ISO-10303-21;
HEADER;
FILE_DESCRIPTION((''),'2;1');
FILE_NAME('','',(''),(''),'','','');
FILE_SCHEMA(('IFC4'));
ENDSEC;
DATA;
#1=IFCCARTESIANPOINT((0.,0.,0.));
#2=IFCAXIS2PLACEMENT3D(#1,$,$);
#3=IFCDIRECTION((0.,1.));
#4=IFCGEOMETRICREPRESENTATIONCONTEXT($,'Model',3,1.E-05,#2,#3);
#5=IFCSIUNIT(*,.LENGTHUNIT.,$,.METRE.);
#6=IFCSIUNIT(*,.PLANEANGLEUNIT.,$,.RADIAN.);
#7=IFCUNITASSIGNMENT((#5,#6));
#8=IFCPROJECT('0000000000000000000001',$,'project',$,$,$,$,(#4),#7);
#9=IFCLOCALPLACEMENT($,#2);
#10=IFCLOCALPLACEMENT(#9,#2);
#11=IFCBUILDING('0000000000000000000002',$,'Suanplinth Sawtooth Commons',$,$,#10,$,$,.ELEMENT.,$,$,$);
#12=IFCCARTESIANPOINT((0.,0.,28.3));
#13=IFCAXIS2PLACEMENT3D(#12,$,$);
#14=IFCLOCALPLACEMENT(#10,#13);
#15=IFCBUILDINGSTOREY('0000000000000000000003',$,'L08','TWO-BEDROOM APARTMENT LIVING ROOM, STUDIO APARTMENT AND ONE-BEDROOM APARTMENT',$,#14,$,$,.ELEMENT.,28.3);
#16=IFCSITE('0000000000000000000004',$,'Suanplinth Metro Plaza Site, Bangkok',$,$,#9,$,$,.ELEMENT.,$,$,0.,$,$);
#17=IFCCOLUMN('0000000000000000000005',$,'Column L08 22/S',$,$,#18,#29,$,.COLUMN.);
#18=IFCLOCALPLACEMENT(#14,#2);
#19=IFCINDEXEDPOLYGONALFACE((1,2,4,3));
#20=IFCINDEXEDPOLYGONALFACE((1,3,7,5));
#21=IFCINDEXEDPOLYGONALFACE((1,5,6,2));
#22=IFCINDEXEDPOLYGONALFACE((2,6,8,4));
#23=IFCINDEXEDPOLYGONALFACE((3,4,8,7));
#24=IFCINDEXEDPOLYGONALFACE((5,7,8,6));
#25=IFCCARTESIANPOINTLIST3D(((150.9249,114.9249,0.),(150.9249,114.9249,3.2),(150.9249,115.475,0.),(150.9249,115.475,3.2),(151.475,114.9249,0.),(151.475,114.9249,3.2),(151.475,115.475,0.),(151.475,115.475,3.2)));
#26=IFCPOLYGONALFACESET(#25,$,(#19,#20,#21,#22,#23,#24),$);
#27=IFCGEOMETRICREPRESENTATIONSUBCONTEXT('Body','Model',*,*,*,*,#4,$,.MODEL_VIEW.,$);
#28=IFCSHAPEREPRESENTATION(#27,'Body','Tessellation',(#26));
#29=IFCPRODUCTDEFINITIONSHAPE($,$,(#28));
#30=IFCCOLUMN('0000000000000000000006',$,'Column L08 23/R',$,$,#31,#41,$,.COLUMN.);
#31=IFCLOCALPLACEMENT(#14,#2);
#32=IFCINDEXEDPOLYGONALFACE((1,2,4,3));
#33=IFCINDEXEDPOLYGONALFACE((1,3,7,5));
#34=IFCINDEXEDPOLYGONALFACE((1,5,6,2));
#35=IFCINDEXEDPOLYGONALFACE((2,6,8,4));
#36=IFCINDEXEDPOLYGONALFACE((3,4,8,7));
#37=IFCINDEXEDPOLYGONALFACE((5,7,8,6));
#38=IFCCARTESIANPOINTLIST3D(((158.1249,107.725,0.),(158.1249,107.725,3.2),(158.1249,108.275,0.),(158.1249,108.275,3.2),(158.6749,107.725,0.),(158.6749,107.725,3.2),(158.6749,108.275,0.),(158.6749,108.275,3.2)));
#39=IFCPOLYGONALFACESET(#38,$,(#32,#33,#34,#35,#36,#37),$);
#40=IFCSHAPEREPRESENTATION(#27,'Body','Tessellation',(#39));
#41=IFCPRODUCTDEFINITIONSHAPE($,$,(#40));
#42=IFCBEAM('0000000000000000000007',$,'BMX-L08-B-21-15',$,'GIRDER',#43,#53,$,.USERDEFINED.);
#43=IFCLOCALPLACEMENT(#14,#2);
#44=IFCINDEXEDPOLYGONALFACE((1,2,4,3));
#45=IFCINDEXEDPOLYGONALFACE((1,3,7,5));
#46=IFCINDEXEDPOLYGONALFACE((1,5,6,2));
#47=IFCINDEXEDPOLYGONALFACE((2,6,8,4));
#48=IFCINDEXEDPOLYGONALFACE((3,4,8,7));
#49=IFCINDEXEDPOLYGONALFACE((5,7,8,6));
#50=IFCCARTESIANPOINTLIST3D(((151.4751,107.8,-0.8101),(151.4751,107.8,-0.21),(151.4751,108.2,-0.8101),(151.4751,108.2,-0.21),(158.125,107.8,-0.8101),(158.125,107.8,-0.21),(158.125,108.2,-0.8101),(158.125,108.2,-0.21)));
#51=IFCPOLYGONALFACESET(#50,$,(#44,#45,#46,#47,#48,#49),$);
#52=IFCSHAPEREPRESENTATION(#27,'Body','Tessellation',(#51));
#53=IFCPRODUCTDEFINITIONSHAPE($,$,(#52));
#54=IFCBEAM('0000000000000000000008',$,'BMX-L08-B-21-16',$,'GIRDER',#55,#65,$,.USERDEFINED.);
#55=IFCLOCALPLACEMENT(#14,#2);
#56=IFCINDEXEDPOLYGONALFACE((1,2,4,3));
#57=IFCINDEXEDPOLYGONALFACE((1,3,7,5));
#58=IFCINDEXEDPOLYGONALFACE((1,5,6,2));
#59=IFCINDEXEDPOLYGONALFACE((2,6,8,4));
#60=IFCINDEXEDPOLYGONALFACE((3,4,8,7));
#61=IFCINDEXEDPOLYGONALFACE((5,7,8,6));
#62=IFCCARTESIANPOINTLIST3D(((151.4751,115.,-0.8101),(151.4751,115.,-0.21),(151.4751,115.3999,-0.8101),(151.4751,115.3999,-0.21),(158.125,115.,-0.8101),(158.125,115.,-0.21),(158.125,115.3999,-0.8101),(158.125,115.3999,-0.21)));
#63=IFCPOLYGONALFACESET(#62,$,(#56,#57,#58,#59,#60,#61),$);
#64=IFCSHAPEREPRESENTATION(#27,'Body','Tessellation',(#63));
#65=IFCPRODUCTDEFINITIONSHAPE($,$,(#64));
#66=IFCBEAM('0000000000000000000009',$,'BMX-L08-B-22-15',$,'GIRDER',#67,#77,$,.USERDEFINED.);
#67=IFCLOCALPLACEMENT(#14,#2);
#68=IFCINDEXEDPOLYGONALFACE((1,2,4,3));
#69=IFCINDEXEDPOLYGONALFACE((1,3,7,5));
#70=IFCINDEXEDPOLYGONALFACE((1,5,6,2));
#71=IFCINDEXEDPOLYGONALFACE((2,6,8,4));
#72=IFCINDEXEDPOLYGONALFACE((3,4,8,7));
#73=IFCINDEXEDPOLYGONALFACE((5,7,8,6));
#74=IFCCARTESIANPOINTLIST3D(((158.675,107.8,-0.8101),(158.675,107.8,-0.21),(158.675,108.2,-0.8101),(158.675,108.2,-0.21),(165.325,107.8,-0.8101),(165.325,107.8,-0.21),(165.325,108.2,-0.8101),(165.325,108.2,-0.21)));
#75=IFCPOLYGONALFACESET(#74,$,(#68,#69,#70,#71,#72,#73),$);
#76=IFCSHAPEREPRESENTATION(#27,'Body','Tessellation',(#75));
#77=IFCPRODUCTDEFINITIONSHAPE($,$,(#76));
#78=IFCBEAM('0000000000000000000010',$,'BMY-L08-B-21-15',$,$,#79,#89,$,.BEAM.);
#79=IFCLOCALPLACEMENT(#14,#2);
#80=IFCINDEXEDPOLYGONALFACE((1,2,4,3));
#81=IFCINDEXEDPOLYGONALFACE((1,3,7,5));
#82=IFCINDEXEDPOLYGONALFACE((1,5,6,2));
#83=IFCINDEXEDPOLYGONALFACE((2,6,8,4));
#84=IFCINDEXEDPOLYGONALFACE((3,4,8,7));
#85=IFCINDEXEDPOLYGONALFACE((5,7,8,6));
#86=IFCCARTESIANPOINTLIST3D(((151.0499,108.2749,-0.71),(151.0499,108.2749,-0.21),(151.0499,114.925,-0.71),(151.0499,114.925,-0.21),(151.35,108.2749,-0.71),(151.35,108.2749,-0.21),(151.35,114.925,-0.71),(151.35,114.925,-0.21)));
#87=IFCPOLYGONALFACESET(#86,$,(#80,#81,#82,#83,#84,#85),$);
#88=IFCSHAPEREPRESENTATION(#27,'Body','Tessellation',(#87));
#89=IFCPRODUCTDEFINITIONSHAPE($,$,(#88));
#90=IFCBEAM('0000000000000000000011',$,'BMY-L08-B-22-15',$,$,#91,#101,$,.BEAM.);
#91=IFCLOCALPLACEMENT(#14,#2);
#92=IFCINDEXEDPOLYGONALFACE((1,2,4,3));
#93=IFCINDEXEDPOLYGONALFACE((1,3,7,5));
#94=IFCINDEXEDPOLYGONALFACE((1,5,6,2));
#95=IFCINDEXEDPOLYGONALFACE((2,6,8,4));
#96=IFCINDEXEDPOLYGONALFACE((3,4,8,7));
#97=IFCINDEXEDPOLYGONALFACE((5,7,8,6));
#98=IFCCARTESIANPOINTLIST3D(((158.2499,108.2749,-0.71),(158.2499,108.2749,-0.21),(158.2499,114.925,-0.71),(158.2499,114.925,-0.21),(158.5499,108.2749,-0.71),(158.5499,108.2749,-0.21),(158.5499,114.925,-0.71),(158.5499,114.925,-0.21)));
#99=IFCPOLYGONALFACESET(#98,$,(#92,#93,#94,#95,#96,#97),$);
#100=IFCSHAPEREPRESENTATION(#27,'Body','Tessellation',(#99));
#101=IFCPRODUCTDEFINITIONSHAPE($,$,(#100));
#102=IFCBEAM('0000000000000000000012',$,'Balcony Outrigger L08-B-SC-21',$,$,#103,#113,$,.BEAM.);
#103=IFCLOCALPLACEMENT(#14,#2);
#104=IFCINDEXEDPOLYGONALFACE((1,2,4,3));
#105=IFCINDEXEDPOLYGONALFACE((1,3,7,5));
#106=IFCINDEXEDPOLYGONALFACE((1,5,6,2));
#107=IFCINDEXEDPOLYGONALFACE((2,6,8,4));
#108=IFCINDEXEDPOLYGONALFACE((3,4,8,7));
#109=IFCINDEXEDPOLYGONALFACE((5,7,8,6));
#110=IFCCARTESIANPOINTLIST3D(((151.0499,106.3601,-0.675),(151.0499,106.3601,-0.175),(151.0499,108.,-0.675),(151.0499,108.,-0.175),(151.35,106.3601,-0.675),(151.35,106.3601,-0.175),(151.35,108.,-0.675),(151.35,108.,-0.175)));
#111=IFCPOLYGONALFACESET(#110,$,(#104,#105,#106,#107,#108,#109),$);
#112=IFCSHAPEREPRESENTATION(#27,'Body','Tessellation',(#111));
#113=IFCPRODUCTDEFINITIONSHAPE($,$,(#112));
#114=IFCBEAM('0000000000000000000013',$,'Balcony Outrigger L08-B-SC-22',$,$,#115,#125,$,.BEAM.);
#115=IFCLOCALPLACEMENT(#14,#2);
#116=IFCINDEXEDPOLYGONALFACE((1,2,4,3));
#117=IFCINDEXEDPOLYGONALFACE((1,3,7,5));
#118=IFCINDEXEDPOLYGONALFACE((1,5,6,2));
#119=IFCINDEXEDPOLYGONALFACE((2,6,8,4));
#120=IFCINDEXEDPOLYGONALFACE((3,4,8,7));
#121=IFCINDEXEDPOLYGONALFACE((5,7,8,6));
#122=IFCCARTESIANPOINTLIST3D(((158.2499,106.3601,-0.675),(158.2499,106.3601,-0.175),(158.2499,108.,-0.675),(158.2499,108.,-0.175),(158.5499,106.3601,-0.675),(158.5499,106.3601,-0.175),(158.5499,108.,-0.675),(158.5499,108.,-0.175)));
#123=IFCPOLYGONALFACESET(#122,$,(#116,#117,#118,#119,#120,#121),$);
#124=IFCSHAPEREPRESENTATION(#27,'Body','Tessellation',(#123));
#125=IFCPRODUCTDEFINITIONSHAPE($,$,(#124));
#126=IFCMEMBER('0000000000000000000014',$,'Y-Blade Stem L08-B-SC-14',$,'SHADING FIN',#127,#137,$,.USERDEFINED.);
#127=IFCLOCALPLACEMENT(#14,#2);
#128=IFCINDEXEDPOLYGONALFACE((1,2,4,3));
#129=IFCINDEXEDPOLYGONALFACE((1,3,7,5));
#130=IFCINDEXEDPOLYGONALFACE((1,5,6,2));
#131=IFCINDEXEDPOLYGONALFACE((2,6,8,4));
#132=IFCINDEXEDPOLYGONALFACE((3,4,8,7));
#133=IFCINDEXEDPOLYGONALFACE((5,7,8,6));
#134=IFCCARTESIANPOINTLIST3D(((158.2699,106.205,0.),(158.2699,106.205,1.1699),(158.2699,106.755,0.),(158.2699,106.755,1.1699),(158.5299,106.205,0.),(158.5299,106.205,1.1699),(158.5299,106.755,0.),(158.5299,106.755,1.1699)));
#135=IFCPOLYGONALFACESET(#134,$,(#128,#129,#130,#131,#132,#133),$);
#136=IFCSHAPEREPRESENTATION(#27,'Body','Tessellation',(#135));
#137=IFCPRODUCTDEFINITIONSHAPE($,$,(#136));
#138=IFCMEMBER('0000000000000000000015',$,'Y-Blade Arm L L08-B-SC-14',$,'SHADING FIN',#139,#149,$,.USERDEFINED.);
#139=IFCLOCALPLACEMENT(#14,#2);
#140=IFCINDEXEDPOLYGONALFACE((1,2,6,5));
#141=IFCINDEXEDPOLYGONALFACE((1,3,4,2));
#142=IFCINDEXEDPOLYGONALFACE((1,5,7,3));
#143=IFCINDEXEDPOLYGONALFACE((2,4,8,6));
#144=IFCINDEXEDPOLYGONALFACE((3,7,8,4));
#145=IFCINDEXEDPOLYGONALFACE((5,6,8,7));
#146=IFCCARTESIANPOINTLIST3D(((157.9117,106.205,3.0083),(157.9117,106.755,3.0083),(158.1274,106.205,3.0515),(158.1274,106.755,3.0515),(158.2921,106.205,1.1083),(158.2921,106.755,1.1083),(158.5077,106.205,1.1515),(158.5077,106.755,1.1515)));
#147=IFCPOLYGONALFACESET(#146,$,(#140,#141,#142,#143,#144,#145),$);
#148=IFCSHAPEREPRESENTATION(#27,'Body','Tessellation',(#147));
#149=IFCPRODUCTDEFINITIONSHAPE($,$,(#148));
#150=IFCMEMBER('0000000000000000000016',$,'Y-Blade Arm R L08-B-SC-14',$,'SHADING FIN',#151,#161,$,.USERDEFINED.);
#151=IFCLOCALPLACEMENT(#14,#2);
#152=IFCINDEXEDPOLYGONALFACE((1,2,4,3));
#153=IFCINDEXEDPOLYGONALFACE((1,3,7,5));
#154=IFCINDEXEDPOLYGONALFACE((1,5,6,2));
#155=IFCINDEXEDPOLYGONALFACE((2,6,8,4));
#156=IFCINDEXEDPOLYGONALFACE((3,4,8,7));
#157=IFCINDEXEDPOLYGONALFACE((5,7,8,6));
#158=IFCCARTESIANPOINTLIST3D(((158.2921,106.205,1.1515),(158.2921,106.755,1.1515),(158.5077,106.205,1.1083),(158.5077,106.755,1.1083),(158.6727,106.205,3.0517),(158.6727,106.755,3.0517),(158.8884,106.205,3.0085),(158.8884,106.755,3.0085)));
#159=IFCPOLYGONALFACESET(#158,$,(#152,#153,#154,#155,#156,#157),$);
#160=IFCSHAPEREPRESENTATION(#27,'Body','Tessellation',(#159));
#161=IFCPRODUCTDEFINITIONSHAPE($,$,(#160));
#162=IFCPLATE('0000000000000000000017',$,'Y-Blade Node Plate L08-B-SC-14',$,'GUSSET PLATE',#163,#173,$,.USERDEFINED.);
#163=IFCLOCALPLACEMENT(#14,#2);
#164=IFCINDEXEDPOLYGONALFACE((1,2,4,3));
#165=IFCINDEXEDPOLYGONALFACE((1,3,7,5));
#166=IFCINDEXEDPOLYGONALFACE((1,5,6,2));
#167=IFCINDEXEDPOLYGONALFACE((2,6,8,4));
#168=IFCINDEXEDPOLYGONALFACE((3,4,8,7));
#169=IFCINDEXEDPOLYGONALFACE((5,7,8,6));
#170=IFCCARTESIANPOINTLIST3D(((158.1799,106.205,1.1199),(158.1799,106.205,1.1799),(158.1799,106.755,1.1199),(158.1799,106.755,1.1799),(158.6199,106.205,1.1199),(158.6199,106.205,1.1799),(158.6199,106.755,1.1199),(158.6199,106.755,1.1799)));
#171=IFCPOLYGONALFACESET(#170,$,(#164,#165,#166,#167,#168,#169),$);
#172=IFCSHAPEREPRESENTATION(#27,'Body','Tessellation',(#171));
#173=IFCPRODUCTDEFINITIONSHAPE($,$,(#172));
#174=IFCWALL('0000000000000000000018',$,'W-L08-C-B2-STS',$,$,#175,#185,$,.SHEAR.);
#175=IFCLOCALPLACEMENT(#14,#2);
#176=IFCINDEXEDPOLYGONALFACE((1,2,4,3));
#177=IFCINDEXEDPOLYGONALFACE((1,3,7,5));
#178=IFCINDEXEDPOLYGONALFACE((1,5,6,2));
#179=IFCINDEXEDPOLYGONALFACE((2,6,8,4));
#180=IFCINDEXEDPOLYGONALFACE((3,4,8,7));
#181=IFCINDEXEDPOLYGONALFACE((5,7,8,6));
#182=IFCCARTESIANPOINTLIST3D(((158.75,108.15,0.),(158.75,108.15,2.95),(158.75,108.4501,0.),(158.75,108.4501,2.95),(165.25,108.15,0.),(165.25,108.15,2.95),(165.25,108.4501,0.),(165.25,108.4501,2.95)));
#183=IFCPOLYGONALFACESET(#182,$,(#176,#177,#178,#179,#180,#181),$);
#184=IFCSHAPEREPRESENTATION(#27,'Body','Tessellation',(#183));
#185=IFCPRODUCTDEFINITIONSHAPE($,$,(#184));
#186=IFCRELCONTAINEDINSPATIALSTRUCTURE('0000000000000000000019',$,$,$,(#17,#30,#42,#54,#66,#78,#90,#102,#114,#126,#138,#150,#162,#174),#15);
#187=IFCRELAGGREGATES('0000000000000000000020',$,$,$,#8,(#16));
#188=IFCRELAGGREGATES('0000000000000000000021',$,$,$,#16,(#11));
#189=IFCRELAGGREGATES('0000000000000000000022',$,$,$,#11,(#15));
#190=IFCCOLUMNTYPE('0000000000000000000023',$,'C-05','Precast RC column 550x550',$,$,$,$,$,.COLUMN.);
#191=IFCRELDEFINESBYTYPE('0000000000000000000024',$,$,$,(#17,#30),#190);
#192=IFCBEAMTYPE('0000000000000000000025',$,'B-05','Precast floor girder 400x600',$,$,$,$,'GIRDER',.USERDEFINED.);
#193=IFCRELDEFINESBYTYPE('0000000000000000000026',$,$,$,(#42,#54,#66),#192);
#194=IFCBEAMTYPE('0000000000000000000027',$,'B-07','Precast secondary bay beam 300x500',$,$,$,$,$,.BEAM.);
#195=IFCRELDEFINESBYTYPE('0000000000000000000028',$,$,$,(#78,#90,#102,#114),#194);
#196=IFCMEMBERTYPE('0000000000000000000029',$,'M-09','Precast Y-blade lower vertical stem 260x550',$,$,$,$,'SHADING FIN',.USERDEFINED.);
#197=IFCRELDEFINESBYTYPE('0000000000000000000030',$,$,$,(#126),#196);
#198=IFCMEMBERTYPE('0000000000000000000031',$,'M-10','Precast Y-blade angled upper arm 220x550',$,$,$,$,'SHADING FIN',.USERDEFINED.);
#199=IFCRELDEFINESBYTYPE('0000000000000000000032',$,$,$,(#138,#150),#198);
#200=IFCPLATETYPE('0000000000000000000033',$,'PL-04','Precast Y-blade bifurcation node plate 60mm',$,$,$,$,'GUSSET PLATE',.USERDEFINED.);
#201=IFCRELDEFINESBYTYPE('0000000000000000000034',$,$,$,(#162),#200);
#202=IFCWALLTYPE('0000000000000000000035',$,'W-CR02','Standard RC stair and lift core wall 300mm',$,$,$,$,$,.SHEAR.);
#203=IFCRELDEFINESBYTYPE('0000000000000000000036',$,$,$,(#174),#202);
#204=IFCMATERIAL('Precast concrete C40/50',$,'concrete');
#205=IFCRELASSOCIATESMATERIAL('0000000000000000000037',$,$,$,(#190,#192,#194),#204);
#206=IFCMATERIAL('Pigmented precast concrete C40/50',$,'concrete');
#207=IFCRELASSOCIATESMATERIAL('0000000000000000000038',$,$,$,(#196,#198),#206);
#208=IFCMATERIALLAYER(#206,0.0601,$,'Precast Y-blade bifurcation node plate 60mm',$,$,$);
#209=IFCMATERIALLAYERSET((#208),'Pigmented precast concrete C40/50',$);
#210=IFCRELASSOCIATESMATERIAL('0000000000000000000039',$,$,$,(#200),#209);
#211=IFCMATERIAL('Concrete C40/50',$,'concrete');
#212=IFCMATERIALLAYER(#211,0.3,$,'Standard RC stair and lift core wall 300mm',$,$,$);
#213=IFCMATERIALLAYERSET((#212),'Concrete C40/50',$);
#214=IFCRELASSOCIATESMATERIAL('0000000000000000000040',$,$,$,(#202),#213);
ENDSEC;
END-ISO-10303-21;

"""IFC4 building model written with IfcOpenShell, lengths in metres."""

from ifc_helpers import new_model, si_unit, direction, frame, frame_2d, origin, origin_2d, place, context, subcontext, project, spatial, rectangle, extrude, material, layer, layer_set, material_profile, profile_set, type_object, element, save


model = new_model("IFC4")

# Units and contexts
model_context = context("Model", 3, precision=1e-05, world=origin(), true_north=direction((0.0, 1.0)))
body_context = subcontext(model_context, "Body", "Model", "MODEL_VIEW")
ifc_project = project(units=[si_unit("LENGTHUNIT", "METRE"), si_unit("PLANEANGLEUNIT", "RADIAN")], contexts=[model_context])

# Site, building, storey
site_placement = place(None, origin())
site = spatial("IfcSite", under=ifc_project, at=site_placement, Name="Suanplinth Metro Plaza Site, Bangkok", CompositionType="ELEMENT", RefElevation=0.0)
building_placement = place(site_placement, origin())
building = spatial("IfcBuilding", under=site, at=building_placement, Name="Suanplinth Sawtooth Commons", CompositionType="ELEMENT")
storey_placement = place(building_placement, frame((0.0, 0.0, 28.3)))
storey = spatial("IfcBuildingStorey", under=building, at=storey_placement, Name="L08", Description="TWO-BEDROOM APARTMENT LIVING ROOM, STUDIO APARTMENT AND ONE-BEDROOM APARTMENT", CompositionType="ELEMENT", Elevation=28.3)

# Columns
ifc_material_1 = material(Name="Precast concrete C40/50", Category="concrete")
ifc_material_profile_1 = material_profile(ifc_material_1, rectangle(XDim=0.55, YDim=0.55, at=origin_2d()), Name="PC-COL 550x550")
ifc_profile_set_1 = profile_set([ifc_material_profile_1], Name="Precast concrete C40/50")
column_type = type_object("IfcColumnType", Name="C-05", Description="Precast RC column 550x550", PredefinedType="COLUMN", material=ifc_profile_set_1)
for number, where, z_axis, x_axis, name in (
    (1, (151.2, 115.2, 0.0), (0.0, 0.0, 1.0), (1.0, 0.0, 0.0), "Column L08 22/S"),
    (2, (158.3999, 108.0, 0.0), (0.0, 0.0, 1.0), (1.0, 0.0, 0.0), "Column L08 23/R"),
):
    element("IfcColumn", number, at=place(storey_placement, frame(where, z_axis=z_axis, x_axis=x_axis)), inside=storey, type_object=column_type, Name=name, PredefinedType="COLUMN", context=body_context, shape_type="SweptSolid", body=[
        extrude(rectangle(XDim=0.55, YDim=0.55, at=origin_2d()), origin(), (0.0, 0.0, 1.0), 3.2),
    ])

# Beams
ifc_material_profile_2 = material_profile(ifc_material_1, rectangle(XDim=0.3999, YDim=0.6001, at=origin_2d()), Name="PC-GDR 400x600")
ifc_profile_set_2 = profile_set([ifc_material_profile_2], Name="Precast concrete C40/50")
beam_type_1 = type_object("IfcBeamType", Name="B-05", Description="Precast floor girder 400x600", ElementType="GIRDER", PredefinedType="USERDEFINED", material=ifc_profile_set_2)
for number, where, z_axis, x_axis, name in (
    (3, (151.4751, 108.0, -0.51), (1.0, 0.0, 0.0), (0.0, 1.0, 0.0), "BMX-L08-B-21-15"),
    (4, (151.4751, 115.2, -0.51), (1.0, 0.0, 0.0), (0.0, 1.0, 0.0), "BMX-L08-B-21-16"),
    (5, (158.675, 108.0, -0.51), (1.0, 0.0, 0.0), (0.0, 1.0, 0.0), "BMX-L08-B-22-15"),
):
    element("IfcBeam", number, at=place(storey_placement, frame(where, z_axis=z_axis, x_axis=x_axis)), inside=storey, type_object=beam_type_1, Name=name, ObjectType="GIRDER", PredefinedType="USERDEFINED", context=body_context, shape_type="SweptSolid", body=[
        extrude(rectangle(XDim=0.3999, YDim=0.6001, at=origin_2d()), origin(), (0.0, 0.0, 1.0), 6.6499),
    ])
ifc_material_profile_3 = material_profile(ifc_material_1, rectangle(XDim=0.3, YDim=0.5, at=origin_2d()), Name="PC-BM 300x500")
ifc_profile_set_3 = profile_set([ifc_material_profile_3], Name="Precast concrete C40/50")
beam_type_2 = type_object("IfcBeamType", Name="B-07", Description="Precast secondary bay beam 300x500", PredefinedType="BEAM", material=ifc_profile_set_3)
for number, where, z_axis, x_axis, name in (
    (6, (151.2, 108.2749, -0.46), (0.0, 1.0, 0.0), (-1.0, 0.0, 0.0), "BMY-L08-B-21-15"),
    (7, (158.3999, 108.2749, -0.46), (0.0, 1.0, 0.0), (-1.0, 0.0, 0.0), "BMY-L08-B-22-15"),
):
    element("IfcBeam", number, at=place(storey_placement, frame(where, z_axis=z_axis, x_axis=x_axis)), inside=storey, type_object=beam_type_2, Name=name, PredefinedType="BEAM", context=body_context, shape_type="SweptSolid", body=[
        extrude(rectangle(XDim=0.3, YDim=0.5, at=origin_2d()), origin(), (0.0, 0.0, 1.0), 6.6501),
    ])
for number, where, z_axis, x_axis, name in (
    (8, (151.2, 108.0, -0.425), (0.0, -1.0, 0.0), (1.0, 0.0, 0.0), "Balcony Outrigger L08-B-SC-21"),
    (9, (158.3999, 108.0, -0.425), (0.0, -1.0, 0.0), (1.0, 0.0, 0.0), "Balcony Outrigger L08-B-SC-22"),
):
    element("IfcBeam", number, at=place(storey_placement, frame(where, z_axis=z_axis, x_axis=x_axis)), inside=storey, type_object=beam_type_2, Name=name, PredefinedType="BEAM", context=body_context, shape_type="SweptSolid", body=[
        extrude(rectangle(XDim=0.3, YDim=0.5, at=origin_2d()), origin(), (0.0, 0.0, 1.0), 1.6399),
    ])

# Members
ifc_material_2 = material(Name="Pigmented precast concrete C40/50", Category="concrete")
ifc_material_profile_4 = material_profile(ifc_material_2, rectangle(XDim=0.26, YDim=0.55, at=origin_2d()), Name="PC-FIN 260x550")
ifc_profile_set_4 = profile_set([ifc_material_profile_4], Name="Pigmented precast concrete C40/50")
member_type_1 = type_object("IfcMemberType", Name="M-09", Description="Precast Y-blade lower vertical stem 260x550", ElementType="SHADING FIN", PredefinedType="USERDEFINED", material=ifc_profile_set_4)
member_1_placement = place(storey_placement, frame((158.3999, 106.48, 0.0), z_axis=(0.0, 0.0, 1.0), x_axis=(1.0, 0.0, 0.0)))
element("IfcMember", 10, at=member_1_placement, inside=storey, type_object=member_type_1, Name="Y-Blade Stem L08-B-SC-14", ObjectType="SHADING FIN", PredefinedType="USERDEFINED", context=body_context, shape_type="SweptSolid", body=[
    extrude(rectangle(XDim=0.26, YDim=0.55, at=origin_2d()), origin(), (0.0, 0.0, 1.0), 1.1699),
])
ifc_material_profile_5 = material_profile(ifc_material_2, rectangle(XDim=0.22, YDim=0.55, at=origin_2d()), Name="PC-FIN 220x550")
ifc_profile_set_5 = profile_set([ifc_material_profile_5], Name="Pigmented precast concrete C40/50")
member_type_2 = type_object("IfcMemberType", Name="M-10", Description="Precast Y-blade angled upper arm 220x550", ElementType="SHADING FIN", PredefinedType="USERDEFINED", material=ifc_profile_set_5)
member_2_placement = place(storey_placement, frame((158.3999, 106.48, 1.1299), z_axis=(-0.196286, 0.0, 0.980547), x_axis=(0.980547, 0.0, 0.196286)))
element("IfcMember", 11, at=member_2_placement, inside=storey, type_object=member_type_2, Name="Y-Blade Arm L L08-B-SC-14", ObjectType="SHADING FIN", PredefinedType="USERDEFINED", context=body_context, shape_type="SweptSolid", body=[
    extrude(rectangle(XDim=0.22, YDim=0.55, at=origin_2d()), origin(), (0.0, 0.0, 1.0), 1.9377),
])
member_3_placement = place(storey_placement, frame((158.3999, 106.48, 1.1299), z_axis=(0.196407, 0.0, 0.980522), x_axis=(-0.980522, 0.0, 0.196407)))
element("IfcMember", 12, at=member_3_placement, inside=storey, type_object=member_type_2, Name="Y-Blade Arm R L08-B-SC-14", ObjectType="SHADING FIN", PredefinedType="USERDEFINED", context=body_context, shape_type="SweptSolid", body=[
    extrude(rectangle(XDim=0.22, YDim=0.55, at=origin_2d()), origin(), (0.0, 0.0, 1.0), 1.938),
])

# Plate
ifc_layer_1 = layer(ifc_material_2, 0.0601, Name="Precast Y-blade bifurcation node plate 60mm")
ifc_layer_set_1 = layer_set([ifc_layer_1], Name="Pigmented precast concrete C40/50")
plate_type = type_object("IfcPlateType", Name="PL-04", Description="Precast Y-blade bifurcation node plate 60mm", ElementType="GUSSET PLATE", PredefinedType="USERDEFINED", material=ifc_layer_set_1)
plate_placement = place(storey_placement, frame((158.3999, 106.48, 1.1199), z_axis=(0.0, 0.0, 1.0), x_axis=(1.0, 0.0, 0.0)))
element("IfcPlate", 13, at=plate_placement, inside=storey, type_object=plate_type, Name="Y-Blade Node Plate L08-B-SC-14", ObjectType="GUSSET PLATE", PredefinedType="USERDEFINED", context=body_context, shape_type="SweptSolid", body=[
    extrude(rectangle(XDim=0.4399, YDim=0.55, at=origin_2d()), origin(), (0.0, 0.0, 1.0), 0.0601),
])

# Wall
ifc_material_3 = material(Name="Concrete C40/50", Category="concrete")
ifc_layer_2 = layer(ifc_material_3, 0.3, Name="Standard RC stair and lift core wall 300mm")
ifc_layer_set_2 = layer_set([ifc_layer_2], Name="Concrete C40/50")
wall_type_1 = type_object("IfcWallType", Name="W-CR02", Description="Standard RC stair and lift core wall 300mm", PredefinedType="SHEAR", material=ifc_layer_set_2)
wall_1_placement = place(storey_placement, frame((158.75, 108.3, 0.0), z_axis=(0.0, 0.0, 1.0), x_axis=(1.0, 0.0, 0.0)))
element("IfcWall", 14, at=wall_1_placement, inside=storey, type_object=wall_type_1, Name="W-L08-C-B2-STS", PredefinedType="SHEAR", context=body_context, shape_type="SweptSolid", body=[
    extrude(rectangle(XDim=6.5, YDim=0.3, at=frame_2d((3.25, 0.0))), origin(), (0.0, 0.0, 1.0), 2.95),
])

save(model, "model.ifc")
